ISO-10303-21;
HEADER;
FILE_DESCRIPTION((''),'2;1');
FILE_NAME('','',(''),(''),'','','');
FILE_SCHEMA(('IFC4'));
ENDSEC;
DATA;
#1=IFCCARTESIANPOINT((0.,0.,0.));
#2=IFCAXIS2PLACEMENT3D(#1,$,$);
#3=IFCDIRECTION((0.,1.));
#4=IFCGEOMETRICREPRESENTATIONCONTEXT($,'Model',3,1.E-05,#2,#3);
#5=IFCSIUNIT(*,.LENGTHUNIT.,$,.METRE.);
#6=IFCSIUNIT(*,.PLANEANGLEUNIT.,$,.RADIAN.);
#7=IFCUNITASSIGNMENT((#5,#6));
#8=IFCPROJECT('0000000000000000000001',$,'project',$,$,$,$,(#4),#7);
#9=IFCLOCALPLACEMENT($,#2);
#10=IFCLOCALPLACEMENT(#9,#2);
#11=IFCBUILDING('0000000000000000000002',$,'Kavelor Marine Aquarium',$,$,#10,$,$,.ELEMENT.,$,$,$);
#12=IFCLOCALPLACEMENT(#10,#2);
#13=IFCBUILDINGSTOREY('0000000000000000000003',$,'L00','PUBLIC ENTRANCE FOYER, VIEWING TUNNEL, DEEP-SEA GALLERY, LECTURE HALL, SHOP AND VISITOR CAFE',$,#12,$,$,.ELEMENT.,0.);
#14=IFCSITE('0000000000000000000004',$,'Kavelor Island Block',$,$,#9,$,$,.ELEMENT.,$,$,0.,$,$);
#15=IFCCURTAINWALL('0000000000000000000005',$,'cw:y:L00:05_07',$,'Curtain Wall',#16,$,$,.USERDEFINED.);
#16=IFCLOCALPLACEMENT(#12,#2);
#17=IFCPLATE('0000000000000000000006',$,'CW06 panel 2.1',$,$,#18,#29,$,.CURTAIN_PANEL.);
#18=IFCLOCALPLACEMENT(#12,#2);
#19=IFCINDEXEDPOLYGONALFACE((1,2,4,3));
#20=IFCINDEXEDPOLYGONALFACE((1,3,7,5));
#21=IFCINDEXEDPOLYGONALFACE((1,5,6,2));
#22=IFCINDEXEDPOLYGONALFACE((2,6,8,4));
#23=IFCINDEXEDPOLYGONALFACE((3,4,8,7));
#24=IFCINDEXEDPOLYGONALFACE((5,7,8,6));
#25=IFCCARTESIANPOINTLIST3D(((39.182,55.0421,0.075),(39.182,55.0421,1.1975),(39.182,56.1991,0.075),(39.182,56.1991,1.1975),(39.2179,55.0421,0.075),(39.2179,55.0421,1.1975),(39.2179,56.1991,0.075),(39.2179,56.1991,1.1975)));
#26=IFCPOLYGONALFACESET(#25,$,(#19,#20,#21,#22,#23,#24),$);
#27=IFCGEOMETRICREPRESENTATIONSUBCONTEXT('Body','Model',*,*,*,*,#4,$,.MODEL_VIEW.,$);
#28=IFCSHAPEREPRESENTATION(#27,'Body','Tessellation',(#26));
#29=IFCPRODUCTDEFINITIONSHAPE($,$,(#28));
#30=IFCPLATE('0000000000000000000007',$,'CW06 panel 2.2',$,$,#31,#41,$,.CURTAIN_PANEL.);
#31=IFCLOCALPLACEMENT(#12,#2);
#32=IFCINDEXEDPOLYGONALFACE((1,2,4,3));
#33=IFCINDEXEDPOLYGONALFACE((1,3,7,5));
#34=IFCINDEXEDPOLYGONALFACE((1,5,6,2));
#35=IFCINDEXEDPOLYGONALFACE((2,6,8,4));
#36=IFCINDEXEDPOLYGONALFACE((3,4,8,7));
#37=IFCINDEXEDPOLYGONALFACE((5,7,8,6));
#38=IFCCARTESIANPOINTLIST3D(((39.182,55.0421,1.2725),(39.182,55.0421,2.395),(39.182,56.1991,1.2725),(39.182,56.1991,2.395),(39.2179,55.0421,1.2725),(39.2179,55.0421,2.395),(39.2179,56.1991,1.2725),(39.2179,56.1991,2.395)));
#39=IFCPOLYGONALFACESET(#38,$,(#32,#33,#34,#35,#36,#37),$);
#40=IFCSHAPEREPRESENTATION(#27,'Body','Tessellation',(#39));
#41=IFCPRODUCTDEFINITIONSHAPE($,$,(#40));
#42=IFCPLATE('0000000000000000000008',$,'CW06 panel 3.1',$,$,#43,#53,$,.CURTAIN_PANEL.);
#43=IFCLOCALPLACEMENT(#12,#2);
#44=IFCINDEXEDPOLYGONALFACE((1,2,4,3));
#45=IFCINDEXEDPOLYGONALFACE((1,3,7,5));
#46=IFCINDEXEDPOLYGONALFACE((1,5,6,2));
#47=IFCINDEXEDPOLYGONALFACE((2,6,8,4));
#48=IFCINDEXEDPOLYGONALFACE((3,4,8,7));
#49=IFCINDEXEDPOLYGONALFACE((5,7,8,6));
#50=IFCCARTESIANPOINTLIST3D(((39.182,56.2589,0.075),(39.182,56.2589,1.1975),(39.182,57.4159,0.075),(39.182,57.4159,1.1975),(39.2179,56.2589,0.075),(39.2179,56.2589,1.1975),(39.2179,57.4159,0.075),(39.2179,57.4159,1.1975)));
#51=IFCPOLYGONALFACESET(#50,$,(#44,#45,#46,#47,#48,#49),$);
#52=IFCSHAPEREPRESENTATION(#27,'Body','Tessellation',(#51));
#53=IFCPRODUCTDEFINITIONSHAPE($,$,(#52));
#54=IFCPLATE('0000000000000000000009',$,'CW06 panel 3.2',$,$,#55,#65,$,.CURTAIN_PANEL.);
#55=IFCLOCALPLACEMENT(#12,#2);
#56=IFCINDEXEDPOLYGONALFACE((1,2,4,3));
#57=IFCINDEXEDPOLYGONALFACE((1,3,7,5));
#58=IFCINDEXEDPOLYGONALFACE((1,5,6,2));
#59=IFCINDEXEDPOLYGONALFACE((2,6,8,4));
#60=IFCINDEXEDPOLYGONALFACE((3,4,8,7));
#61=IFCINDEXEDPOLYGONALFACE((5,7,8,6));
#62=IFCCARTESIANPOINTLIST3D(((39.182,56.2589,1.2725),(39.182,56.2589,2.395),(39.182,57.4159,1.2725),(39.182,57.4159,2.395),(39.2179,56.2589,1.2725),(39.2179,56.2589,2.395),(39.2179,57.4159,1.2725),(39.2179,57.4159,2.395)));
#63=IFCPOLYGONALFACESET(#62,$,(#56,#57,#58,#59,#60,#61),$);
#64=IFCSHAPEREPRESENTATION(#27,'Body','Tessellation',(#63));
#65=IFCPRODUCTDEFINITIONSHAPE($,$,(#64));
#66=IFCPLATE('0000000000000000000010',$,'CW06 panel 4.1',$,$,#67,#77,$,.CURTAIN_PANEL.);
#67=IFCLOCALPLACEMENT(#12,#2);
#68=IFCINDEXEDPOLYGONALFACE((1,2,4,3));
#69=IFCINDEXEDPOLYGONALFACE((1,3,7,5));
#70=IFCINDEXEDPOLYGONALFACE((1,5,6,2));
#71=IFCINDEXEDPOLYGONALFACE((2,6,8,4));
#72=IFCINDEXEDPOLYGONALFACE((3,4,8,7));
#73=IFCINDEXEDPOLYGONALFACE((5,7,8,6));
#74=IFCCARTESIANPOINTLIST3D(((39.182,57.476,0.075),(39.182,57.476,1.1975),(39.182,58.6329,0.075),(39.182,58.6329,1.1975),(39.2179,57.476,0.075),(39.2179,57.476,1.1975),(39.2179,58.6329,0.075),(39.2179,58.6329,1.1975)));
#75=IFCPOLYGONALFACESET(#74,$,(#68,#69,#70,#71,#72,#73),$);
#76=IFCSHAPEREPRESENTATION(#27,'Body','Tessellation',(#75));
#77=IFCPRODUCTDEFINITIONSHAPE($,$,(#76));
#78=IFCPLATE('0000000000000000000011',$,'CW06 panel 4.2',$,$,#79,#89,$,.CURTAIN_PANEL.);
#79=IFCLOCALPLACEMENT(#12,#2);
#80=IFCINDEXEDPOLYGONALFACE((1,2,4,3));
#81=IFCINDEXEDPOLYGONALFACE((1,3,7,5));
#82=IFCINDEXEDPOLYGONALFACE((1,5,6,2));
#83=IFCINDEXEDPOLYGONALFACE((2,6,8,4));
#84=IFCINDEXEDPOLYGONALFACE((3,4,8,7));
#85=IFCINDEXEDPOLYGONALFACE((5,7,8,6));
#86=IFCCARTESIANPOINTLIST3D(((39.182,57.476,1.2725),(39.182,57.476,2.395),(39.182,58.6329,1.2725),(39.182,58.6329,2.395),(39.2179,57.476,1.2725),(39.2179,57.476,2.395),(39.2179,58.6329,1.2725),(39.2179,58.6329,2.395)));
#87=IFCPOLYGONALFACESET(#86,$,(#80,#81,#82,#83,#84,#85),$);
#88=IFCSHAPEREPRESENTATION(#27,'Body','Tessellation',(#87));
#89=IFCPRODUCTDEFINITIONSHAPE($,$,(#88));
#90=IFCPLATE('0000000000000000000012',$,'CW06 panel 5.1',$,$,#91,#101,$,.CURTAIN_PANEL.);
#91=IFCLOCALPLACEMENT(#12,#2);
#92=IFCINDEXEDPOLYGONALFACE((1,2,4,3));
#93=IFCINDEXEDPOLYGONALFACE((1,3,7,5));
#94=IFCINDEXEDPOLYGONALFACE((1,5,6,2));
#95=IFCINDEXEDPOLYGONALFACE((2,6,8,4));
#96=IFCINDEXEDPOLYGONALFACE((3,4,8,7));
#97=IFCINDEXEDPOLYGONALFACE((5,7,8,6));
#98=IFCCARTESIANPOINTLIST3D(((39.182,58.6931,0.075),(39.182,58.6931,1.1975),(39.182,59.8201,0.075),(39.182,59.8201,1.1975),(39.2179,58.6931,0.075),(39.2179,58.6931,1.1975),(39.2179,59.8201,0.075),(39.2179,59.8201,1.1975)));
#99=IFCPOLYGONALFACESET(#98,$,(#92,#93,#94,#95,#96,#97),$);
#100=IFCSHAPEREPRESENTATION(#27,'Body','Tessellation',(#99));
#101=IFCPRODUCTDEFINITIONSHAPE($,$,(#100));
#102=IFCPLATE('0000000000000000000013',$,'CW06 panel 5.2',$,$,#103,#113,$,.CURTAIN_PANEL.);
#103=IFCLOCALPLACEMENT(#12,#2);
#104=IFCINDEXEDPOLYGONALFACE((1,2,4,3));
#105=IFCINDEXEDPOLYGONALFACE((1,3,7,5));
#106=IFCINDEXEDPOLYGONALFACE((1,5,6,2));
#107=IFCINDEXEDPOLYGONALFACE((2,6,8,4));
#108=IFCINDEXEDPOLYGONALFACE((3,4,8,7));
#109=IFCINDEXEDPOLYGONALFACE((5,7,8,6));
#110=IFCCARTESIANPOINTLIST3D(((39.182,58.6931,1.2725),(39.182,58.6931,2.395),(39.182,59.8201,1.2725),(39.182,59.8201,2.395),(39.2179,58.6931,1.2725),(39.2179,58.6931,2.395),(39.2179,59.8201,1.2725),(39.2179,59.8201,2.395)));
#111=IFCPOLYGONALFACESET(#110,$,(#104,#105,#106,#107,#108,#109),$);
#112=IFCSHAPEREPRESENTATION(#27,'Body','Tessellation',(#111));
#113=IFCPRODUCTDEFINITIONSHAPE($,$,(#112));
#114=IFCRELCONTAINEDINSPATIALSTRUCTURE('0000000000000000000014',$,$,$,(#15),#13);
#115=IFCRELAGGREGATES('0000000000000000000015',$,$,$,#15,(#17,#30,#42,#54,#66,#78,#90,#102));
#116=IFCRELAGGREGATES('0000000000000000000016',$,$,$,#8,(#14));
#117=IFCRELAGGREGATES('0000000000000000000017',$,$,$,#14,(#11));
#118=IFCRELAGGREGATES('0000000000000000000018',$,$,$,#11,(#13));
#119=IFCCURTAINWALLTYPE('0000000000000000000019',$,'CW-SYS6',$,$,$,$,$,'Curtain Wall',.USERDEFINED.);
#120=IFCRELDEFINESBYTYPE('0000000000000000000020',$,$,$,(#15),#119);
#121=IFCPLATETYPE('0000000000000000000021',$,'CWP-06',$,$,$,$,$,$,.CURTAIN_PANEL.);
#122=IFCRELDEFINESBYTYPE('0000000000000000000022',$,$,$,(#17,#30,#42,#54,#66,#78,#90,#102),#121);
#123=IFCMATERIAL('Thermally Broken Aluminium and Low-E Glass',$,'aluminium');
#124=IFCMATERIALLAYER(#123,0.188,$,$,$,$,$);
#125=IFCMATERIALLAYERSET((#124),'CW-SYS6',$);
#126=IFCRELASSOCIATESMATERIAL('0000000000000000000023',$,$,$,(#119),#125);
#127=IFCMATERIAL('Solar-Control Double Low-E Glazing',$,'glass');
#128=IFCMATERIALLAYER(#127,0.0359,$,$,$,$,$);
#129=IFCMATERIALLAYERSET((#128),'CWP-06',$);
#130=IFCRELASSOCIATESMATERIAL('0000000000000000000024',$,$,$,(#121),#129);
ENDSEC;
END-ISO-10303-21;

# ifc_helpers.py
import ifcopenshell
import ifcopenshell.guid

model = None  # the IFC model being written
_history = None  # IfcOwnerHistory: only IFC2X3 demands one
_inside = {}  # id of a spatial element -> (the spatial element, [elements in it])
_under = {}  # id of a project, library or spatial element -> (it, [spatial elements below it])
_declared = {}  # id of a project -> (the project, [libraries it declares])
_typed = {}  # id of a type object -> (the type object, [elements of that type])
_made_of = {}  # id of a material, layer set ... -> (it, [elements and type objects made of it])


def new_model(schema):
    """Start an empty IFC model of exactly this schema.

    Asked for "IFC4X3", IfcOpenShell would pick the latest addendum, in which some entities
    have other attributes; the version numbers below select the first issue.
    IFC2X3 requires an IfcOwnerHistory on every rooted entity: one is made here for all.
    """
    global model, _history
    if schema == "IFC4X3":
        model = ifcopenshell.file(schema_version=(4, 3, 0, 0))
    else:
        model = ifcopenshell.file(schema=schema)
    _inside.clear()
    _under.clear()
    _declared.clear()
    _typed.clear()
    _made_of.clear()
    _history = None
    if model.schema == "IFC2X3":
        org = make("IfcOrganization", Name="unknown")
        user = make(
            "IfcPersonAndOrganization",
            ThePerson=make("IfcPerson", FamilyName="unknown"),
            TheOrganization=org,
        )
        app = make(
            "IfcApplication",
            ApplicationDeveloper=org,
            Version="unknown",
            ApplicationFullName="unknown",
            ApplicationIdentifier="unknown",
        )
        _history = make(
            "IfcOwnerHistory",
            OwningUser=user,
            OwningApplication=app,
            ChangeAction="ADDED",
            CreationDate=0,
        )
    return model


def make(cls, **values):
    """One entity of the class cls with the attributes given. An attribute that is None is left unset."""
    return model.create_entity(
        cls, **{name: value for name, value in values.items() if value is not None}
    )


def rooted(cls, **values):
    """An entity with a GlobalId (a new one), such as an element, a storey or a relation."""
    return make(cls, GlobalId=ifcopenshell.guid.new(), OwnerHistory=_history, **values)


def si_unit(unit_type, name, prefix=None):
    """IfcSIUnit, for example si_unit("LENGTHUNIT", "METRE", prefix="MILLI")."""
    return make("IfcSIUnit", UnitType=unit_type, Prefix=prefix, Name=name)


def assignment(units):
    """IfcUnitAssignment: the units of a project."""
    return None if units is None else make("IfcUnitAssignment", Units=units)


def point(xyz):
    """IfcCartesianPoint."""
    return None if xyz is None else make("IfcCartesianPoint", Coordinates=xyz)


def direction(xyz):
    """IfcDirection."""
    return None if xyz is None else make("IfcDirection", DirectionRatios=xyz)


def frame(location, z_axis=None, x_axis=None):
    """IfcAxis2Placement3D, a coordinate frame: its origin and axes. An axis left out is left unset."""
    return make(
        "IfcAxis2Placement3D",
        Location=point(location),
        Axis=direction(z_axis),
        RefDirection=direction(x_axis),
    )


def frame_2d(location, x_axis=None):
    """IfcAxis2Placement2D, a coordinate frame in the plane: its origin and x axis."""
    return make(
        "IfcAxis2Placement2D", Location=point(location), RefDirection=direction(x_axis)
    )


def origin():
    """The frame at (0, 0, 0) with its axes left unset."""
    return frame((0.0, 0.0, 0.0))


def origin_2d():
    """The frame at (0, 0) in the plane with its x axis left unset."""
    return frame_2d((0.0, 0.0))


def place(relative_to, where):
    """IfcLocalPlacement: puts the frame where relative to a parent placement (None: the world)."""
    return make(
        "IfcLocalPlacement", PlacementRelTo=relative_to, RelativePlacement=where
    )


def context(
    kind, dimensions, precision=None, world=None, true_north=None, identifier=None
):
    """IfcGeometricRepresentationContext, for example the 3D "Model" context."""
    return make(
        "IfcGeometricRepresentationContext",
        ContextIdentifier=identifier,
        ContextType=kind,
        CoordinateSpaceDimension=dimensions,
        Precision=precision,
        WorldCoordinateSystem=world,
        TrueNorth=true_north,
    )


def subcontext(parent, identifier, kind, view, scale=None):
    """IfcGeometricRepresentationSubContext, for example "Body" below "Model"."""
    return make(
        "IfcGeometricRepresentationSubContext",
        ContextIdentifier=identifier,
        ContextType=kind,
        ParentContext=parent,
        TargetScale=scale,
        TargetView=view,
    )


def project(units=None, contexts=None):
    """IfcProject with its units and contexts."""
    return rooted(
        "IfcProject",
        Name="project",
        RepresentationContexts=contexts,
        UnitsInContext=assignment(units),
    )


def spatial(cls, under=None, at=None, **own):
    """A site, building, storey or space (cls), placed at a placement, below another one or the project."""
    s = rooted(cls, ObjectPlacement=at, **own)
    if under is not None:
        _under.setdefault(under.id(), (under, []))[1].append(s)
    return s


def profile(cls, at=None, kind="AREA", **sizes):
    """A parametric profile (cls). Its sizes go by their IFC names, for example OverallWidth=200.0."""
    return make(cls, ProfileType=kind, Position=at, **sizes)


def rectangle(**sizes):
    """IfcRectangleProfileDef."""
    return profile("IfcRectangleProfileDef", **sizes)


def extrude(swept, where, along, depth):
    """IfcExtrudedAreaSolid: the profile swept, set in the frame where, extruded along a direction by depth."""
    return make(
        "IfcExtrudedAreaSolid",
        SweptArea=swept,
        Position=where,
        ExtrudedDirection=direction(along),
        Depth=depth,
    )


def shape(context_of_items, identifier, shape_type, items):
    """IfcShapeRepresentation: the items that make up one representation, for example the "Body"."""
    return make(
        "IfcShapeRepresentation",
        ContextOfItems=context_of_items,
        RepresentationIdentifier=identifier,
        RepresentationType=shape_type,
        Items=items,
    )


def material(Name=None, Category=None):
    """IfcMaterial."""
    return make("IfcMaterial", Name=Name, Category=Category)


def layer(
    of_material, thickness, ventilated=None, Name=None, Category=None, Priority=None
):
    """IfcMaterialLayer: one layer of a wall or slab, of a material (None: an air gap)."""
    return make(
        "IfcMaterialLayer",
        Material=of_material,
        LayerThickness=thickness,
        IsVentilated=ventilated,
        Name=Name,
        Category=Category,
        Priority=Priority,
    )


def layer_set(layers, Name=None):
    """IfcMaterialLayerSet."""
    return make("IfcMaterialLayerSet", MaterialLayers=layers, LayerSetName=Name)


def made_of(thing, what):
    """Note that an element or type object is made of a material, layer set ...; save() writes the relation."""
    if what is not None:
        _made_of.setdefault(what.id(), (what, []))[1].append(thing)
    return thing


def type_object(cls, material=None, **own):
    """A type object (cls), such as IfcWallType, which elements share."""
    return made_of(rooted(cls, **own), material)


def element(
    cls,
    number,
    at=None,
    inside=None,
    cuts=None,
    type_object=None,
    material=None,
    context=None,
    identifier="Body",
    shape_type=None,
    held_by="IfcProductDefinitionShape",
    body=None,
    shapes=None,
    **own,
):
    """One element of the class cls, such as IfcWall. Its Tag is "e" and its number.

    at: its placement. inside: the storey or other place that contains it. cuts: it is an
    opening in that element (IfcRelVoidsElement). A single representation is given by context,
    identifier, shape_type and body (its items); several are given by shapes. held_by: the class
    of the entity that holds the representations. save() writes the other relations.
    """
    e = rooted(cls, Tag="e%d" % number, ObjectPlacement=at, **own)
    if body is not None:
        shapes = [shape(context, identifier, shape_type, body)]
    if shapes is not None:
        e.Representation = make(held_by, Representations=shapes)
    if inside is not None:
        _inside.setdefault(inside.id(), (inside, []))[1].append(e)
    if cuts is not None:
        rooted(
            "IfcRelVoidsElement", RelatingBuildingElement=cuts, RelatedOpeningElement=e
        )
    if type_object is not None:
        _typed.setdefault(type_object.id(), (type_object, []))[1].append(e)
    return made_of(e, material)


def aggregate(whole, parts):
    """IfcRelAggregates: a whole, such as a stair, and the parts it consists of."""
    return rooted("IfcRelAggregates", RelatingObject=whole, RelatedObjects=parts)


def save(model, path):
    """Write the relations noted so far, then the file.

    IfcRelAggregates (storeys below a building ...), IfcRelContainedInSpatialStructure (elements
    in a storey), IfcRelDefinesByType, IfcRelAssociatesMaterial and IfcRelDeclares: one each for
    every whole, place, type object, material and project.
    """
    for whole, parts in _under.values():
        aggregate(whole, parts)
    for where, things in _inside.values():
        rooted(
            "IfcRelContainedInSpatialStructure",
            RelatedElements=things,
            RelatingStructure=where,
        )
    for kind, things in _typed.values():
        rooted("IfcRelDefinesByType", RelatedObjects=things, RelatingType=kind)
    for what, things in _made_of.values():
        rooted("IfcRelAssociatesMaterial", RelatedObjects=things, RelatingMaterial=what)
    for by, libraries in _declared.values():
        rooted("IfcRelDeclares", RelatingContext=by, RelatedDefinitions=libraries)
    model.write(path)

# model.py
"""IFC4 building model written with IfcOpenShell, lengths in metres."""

from ifc_helpers import new_model, si_unit, direction, frame, origin, origin_2d, place, context, subcontext, project, spatial, rectangle, extrude, material, layer, layer_set, type_object, element, aggregate, save


model = new_model("IFC4")

# Units and contexts
model_context = context("Model", 3, precision=1e-05, world=origin(), true_north=direction((0.0, 1.0)))
body_context = subcontext(model_context, "Body", "Model", "MODEL_VIEW")
ifc_project = project(units=[si_unit("LENGTHUNIT", "METRE"), si_unit("PLANEANGLEUNIT", "RADIAN")], contexts=[model_context])

# Site, building, storey
site_placement = place(None, origin())
site = spatial("IfcSite", under=ifc_project, at=site_placement, Name="Kavelor Island Block", CompositionType="ELEMENT", RefElevation=0.0)
building_placement = place(site_placement, origin())
building = spatial("IfcBuilding", under=site, at=building_placement, Name="Kavelor Marine Aquarium", CompositionType="ELEMENT")
storey_placement = place(building_placement, origin())
storey = spatial("IfcBuildingStorey", under=building, at=storey_placement, Name="L00", Description="PUBLIC ENTRANCE FOYER, VIEWING TUNNEL, DEEP-SEA GALLERY, LECTURE HALL, SHOP AND VISITOR CAFE", CompositionType="ELEMENT", Elevation=0.0)

# Curtain wall, plates
ifc_material_1 = material(Name="Thermally Broken Aluminium and Low-E Glass", Category="aluminium")
ifc_layer_1 = layer(ifc_material_1, 0.188)
ifc_layer_set_1 = layer_set([ifc_layer_1], Name="CW-SYS6")
curtain_wall_type = type_object("IfcCurtainWallType", Name="CW-SYS6", ElementType="Curtain Wall", PredefinedType="USERDEFINED", material=ifc_layer_set_1)
curtain_wall_placement = place(storey_placement, origin())
curtain_wall = element("IfcCurtainWall", 1, at=curtain_wall_placement, inside=storey, type_object=curtain_wall_type, Name="cw:y:L00:05_07", ObjectType="Curtain Wall", PredefinedType="USERDEFINED")
ifc_material_2 = material(Name="Solar-Control Double Low-E Glazing", Category="glass")
ifc_layer_2 = layer(ifc_material_2, 0.0359)
ifc_layer_set_2 = layer_set([ifc_layer_2], Name="CWP-06")
plate_type = type_object("IfcPlateType", Name="CWP-06", PredefinedType="CURTAIN_PANEL", material=ifc_layer_set_2)
plate_1_placement = place(storey_placement, frame((39.2, 55.6206, 0.075), z_axis=(0.0, 0.0, 1.0), x_axis=(0.0, 1.0, 0.0)))
plate_1 = element("IfcPlate", 2, at=plate_1_placement, type_object=plate_type, Name="CW06 panel 2.1", PredefinedType="CURTAIN_PANEL", context=body_context, shape_type="SweptSolid", body=[
    extrude(rectangle(XDim=1.157, YDim=0.0359, at=origin_2d()), origin(), (0.0, 0.0, 1.0), 1.1226),
])
plate_2_placement = place(storey_placement, frame((39.2, 55.6206, 1.2725), z_axis=(0.0, 0.0, 1.0), x_axis=(0.0, 1.0, 0.0)))
plate_2 = element("IfcPlate", 3, at=plate_2_placement, type_object=plate_type, Name="CW06 panel 2.2", PredefinedType="CURTAIN_PANEL", context=body_context, shape_type="SweptSolid", body=[
    extrude(rectangle(XDim=1.157, YDim=0.0359, at=origin_2d()), origin(), (0.0, 0.0, 1.0), 1.1226),
])
plate_3_placement = place(storey_placement, frame((39.2, 56.8374, 0.075), z_axis=(0.0, 0.0, 1.0), x_axis=(0.0, 1.0, 0.0)))
plate_3 = element("IfcPlate", 4, at=plate_3_placement, type_object=plate_type, Name="CW06 panel 3.1", PredefinedType="CURTAIN_PANEL", context=body_context, shape_type="SweptSolid", body=[
    extrude(rectangle(XDim=1.157, YDim=0.0359, at=origin_2d()), origin(), (0.0, 0.0, 1.0), 1.1226),
])
plate_4_placement = place(storey_placement, frame((39.2, 56.8374, 1.2725), z_axis=(0.0, 0.0, 1.0), x_axis=(0.0, 1.0, 0.0)))
plate_4 = element("IfcPlate", 5, at=plate_4_placement, type_object=plate_type, Name="CW06 panel 3.2", PredefinedType="CURTAIN_PANEL", context=body_context, shape_type="SweptSolid", body=[
    extrude(rectangle(XDim=1.157, YDim=0.0359, at=origin_2d()), origin(), (0.0, 0.0, 1.0), 1.1226),
])
plate_5_placement = place(storey_placement, frame((39.2, 58.0544, 0.075), z_axis=(0.0, 0.0, 1.0), x_axis=(0.0, 1.0, 0.0)))
plate_5 = element("IfcPlate", 6, at=plate_5_placement, type_object=plate_type, Name="CW06 panel 4.1", PredefinedType="CURTAIN_PANEL", context=body_context, shape_type="SweptSolid", body=[
    extrude(rectangle(XDim=1.157, YDim=0.0359, at=origin_2d()), origin(), (0.0, 0.0, 1.0), 1.1226),
])
plate_6_placement = place(storey_placement, frame((39.2, 58.0544, 1.2725), z_axis=(0.0, 0.0, 1.0), x_axis=(0.0, 1.0, 0.0)))
plate_6 = element("IfcPlate", 7, at=plate_6_placement, type_object=plate_type, Name="CW06 panel 4.2", PredefinedType="CURTAIN_PANEL", context=body_context, shape_type="SweptSolid", body=[
    extrude(rectangle(XDim=1.157, YDim=0.0359, at=origin_2d()), origin(), (0.0, 0.0, 1.0), 1.1226),
])
plate_7_placement = place(storey_placement, frame((39.2, 59.2566, 0.075), z_axis=(0.0, 0.0, 1.0), x_axis=(0.0, 1.0, 0.0)))
plate_7 = element("IfcPlate", 8, at=plate_7_placement, type_object=plate_type, Name="CW06 panel 5.1", PredefinedType="CURTAIN_PANEL", context=body_context, shape_type="SweptSolid", body=[
    extrude(rectangle(XDim=1.127, YDim=0.0359, at=origin_2d()), origin(), (0.0, 0.0, 1.0), 1.1226),
])
plate_8_placement = place(storey_placement, frame((39.2, 59.2566, 1.2725), z_axis=(0.0, 0.0, 1.0), x_axis=(0.0, 1.0, 0.0)))
plate_8 = element("IfcPlate", 9, at=plate_8_placement, type_object=plate_type, Name="CW06 panel 5.2", PredefinedType="CURTAIN_PANEL", context=body_context, shape_type="SweptSolid", body=[
    extrude(rectangle(XDim=1.127, YDim=0.0359, at=origin_2d()), origin(), (0.0, 0.0, 1.0), 1.1226),
])
aggregate(curtain_wall, [plate_1, plate_2, plate_3, plate_4, plate_5, plate_6, plate_7, plate_8])

save(model, "model.ifc")
